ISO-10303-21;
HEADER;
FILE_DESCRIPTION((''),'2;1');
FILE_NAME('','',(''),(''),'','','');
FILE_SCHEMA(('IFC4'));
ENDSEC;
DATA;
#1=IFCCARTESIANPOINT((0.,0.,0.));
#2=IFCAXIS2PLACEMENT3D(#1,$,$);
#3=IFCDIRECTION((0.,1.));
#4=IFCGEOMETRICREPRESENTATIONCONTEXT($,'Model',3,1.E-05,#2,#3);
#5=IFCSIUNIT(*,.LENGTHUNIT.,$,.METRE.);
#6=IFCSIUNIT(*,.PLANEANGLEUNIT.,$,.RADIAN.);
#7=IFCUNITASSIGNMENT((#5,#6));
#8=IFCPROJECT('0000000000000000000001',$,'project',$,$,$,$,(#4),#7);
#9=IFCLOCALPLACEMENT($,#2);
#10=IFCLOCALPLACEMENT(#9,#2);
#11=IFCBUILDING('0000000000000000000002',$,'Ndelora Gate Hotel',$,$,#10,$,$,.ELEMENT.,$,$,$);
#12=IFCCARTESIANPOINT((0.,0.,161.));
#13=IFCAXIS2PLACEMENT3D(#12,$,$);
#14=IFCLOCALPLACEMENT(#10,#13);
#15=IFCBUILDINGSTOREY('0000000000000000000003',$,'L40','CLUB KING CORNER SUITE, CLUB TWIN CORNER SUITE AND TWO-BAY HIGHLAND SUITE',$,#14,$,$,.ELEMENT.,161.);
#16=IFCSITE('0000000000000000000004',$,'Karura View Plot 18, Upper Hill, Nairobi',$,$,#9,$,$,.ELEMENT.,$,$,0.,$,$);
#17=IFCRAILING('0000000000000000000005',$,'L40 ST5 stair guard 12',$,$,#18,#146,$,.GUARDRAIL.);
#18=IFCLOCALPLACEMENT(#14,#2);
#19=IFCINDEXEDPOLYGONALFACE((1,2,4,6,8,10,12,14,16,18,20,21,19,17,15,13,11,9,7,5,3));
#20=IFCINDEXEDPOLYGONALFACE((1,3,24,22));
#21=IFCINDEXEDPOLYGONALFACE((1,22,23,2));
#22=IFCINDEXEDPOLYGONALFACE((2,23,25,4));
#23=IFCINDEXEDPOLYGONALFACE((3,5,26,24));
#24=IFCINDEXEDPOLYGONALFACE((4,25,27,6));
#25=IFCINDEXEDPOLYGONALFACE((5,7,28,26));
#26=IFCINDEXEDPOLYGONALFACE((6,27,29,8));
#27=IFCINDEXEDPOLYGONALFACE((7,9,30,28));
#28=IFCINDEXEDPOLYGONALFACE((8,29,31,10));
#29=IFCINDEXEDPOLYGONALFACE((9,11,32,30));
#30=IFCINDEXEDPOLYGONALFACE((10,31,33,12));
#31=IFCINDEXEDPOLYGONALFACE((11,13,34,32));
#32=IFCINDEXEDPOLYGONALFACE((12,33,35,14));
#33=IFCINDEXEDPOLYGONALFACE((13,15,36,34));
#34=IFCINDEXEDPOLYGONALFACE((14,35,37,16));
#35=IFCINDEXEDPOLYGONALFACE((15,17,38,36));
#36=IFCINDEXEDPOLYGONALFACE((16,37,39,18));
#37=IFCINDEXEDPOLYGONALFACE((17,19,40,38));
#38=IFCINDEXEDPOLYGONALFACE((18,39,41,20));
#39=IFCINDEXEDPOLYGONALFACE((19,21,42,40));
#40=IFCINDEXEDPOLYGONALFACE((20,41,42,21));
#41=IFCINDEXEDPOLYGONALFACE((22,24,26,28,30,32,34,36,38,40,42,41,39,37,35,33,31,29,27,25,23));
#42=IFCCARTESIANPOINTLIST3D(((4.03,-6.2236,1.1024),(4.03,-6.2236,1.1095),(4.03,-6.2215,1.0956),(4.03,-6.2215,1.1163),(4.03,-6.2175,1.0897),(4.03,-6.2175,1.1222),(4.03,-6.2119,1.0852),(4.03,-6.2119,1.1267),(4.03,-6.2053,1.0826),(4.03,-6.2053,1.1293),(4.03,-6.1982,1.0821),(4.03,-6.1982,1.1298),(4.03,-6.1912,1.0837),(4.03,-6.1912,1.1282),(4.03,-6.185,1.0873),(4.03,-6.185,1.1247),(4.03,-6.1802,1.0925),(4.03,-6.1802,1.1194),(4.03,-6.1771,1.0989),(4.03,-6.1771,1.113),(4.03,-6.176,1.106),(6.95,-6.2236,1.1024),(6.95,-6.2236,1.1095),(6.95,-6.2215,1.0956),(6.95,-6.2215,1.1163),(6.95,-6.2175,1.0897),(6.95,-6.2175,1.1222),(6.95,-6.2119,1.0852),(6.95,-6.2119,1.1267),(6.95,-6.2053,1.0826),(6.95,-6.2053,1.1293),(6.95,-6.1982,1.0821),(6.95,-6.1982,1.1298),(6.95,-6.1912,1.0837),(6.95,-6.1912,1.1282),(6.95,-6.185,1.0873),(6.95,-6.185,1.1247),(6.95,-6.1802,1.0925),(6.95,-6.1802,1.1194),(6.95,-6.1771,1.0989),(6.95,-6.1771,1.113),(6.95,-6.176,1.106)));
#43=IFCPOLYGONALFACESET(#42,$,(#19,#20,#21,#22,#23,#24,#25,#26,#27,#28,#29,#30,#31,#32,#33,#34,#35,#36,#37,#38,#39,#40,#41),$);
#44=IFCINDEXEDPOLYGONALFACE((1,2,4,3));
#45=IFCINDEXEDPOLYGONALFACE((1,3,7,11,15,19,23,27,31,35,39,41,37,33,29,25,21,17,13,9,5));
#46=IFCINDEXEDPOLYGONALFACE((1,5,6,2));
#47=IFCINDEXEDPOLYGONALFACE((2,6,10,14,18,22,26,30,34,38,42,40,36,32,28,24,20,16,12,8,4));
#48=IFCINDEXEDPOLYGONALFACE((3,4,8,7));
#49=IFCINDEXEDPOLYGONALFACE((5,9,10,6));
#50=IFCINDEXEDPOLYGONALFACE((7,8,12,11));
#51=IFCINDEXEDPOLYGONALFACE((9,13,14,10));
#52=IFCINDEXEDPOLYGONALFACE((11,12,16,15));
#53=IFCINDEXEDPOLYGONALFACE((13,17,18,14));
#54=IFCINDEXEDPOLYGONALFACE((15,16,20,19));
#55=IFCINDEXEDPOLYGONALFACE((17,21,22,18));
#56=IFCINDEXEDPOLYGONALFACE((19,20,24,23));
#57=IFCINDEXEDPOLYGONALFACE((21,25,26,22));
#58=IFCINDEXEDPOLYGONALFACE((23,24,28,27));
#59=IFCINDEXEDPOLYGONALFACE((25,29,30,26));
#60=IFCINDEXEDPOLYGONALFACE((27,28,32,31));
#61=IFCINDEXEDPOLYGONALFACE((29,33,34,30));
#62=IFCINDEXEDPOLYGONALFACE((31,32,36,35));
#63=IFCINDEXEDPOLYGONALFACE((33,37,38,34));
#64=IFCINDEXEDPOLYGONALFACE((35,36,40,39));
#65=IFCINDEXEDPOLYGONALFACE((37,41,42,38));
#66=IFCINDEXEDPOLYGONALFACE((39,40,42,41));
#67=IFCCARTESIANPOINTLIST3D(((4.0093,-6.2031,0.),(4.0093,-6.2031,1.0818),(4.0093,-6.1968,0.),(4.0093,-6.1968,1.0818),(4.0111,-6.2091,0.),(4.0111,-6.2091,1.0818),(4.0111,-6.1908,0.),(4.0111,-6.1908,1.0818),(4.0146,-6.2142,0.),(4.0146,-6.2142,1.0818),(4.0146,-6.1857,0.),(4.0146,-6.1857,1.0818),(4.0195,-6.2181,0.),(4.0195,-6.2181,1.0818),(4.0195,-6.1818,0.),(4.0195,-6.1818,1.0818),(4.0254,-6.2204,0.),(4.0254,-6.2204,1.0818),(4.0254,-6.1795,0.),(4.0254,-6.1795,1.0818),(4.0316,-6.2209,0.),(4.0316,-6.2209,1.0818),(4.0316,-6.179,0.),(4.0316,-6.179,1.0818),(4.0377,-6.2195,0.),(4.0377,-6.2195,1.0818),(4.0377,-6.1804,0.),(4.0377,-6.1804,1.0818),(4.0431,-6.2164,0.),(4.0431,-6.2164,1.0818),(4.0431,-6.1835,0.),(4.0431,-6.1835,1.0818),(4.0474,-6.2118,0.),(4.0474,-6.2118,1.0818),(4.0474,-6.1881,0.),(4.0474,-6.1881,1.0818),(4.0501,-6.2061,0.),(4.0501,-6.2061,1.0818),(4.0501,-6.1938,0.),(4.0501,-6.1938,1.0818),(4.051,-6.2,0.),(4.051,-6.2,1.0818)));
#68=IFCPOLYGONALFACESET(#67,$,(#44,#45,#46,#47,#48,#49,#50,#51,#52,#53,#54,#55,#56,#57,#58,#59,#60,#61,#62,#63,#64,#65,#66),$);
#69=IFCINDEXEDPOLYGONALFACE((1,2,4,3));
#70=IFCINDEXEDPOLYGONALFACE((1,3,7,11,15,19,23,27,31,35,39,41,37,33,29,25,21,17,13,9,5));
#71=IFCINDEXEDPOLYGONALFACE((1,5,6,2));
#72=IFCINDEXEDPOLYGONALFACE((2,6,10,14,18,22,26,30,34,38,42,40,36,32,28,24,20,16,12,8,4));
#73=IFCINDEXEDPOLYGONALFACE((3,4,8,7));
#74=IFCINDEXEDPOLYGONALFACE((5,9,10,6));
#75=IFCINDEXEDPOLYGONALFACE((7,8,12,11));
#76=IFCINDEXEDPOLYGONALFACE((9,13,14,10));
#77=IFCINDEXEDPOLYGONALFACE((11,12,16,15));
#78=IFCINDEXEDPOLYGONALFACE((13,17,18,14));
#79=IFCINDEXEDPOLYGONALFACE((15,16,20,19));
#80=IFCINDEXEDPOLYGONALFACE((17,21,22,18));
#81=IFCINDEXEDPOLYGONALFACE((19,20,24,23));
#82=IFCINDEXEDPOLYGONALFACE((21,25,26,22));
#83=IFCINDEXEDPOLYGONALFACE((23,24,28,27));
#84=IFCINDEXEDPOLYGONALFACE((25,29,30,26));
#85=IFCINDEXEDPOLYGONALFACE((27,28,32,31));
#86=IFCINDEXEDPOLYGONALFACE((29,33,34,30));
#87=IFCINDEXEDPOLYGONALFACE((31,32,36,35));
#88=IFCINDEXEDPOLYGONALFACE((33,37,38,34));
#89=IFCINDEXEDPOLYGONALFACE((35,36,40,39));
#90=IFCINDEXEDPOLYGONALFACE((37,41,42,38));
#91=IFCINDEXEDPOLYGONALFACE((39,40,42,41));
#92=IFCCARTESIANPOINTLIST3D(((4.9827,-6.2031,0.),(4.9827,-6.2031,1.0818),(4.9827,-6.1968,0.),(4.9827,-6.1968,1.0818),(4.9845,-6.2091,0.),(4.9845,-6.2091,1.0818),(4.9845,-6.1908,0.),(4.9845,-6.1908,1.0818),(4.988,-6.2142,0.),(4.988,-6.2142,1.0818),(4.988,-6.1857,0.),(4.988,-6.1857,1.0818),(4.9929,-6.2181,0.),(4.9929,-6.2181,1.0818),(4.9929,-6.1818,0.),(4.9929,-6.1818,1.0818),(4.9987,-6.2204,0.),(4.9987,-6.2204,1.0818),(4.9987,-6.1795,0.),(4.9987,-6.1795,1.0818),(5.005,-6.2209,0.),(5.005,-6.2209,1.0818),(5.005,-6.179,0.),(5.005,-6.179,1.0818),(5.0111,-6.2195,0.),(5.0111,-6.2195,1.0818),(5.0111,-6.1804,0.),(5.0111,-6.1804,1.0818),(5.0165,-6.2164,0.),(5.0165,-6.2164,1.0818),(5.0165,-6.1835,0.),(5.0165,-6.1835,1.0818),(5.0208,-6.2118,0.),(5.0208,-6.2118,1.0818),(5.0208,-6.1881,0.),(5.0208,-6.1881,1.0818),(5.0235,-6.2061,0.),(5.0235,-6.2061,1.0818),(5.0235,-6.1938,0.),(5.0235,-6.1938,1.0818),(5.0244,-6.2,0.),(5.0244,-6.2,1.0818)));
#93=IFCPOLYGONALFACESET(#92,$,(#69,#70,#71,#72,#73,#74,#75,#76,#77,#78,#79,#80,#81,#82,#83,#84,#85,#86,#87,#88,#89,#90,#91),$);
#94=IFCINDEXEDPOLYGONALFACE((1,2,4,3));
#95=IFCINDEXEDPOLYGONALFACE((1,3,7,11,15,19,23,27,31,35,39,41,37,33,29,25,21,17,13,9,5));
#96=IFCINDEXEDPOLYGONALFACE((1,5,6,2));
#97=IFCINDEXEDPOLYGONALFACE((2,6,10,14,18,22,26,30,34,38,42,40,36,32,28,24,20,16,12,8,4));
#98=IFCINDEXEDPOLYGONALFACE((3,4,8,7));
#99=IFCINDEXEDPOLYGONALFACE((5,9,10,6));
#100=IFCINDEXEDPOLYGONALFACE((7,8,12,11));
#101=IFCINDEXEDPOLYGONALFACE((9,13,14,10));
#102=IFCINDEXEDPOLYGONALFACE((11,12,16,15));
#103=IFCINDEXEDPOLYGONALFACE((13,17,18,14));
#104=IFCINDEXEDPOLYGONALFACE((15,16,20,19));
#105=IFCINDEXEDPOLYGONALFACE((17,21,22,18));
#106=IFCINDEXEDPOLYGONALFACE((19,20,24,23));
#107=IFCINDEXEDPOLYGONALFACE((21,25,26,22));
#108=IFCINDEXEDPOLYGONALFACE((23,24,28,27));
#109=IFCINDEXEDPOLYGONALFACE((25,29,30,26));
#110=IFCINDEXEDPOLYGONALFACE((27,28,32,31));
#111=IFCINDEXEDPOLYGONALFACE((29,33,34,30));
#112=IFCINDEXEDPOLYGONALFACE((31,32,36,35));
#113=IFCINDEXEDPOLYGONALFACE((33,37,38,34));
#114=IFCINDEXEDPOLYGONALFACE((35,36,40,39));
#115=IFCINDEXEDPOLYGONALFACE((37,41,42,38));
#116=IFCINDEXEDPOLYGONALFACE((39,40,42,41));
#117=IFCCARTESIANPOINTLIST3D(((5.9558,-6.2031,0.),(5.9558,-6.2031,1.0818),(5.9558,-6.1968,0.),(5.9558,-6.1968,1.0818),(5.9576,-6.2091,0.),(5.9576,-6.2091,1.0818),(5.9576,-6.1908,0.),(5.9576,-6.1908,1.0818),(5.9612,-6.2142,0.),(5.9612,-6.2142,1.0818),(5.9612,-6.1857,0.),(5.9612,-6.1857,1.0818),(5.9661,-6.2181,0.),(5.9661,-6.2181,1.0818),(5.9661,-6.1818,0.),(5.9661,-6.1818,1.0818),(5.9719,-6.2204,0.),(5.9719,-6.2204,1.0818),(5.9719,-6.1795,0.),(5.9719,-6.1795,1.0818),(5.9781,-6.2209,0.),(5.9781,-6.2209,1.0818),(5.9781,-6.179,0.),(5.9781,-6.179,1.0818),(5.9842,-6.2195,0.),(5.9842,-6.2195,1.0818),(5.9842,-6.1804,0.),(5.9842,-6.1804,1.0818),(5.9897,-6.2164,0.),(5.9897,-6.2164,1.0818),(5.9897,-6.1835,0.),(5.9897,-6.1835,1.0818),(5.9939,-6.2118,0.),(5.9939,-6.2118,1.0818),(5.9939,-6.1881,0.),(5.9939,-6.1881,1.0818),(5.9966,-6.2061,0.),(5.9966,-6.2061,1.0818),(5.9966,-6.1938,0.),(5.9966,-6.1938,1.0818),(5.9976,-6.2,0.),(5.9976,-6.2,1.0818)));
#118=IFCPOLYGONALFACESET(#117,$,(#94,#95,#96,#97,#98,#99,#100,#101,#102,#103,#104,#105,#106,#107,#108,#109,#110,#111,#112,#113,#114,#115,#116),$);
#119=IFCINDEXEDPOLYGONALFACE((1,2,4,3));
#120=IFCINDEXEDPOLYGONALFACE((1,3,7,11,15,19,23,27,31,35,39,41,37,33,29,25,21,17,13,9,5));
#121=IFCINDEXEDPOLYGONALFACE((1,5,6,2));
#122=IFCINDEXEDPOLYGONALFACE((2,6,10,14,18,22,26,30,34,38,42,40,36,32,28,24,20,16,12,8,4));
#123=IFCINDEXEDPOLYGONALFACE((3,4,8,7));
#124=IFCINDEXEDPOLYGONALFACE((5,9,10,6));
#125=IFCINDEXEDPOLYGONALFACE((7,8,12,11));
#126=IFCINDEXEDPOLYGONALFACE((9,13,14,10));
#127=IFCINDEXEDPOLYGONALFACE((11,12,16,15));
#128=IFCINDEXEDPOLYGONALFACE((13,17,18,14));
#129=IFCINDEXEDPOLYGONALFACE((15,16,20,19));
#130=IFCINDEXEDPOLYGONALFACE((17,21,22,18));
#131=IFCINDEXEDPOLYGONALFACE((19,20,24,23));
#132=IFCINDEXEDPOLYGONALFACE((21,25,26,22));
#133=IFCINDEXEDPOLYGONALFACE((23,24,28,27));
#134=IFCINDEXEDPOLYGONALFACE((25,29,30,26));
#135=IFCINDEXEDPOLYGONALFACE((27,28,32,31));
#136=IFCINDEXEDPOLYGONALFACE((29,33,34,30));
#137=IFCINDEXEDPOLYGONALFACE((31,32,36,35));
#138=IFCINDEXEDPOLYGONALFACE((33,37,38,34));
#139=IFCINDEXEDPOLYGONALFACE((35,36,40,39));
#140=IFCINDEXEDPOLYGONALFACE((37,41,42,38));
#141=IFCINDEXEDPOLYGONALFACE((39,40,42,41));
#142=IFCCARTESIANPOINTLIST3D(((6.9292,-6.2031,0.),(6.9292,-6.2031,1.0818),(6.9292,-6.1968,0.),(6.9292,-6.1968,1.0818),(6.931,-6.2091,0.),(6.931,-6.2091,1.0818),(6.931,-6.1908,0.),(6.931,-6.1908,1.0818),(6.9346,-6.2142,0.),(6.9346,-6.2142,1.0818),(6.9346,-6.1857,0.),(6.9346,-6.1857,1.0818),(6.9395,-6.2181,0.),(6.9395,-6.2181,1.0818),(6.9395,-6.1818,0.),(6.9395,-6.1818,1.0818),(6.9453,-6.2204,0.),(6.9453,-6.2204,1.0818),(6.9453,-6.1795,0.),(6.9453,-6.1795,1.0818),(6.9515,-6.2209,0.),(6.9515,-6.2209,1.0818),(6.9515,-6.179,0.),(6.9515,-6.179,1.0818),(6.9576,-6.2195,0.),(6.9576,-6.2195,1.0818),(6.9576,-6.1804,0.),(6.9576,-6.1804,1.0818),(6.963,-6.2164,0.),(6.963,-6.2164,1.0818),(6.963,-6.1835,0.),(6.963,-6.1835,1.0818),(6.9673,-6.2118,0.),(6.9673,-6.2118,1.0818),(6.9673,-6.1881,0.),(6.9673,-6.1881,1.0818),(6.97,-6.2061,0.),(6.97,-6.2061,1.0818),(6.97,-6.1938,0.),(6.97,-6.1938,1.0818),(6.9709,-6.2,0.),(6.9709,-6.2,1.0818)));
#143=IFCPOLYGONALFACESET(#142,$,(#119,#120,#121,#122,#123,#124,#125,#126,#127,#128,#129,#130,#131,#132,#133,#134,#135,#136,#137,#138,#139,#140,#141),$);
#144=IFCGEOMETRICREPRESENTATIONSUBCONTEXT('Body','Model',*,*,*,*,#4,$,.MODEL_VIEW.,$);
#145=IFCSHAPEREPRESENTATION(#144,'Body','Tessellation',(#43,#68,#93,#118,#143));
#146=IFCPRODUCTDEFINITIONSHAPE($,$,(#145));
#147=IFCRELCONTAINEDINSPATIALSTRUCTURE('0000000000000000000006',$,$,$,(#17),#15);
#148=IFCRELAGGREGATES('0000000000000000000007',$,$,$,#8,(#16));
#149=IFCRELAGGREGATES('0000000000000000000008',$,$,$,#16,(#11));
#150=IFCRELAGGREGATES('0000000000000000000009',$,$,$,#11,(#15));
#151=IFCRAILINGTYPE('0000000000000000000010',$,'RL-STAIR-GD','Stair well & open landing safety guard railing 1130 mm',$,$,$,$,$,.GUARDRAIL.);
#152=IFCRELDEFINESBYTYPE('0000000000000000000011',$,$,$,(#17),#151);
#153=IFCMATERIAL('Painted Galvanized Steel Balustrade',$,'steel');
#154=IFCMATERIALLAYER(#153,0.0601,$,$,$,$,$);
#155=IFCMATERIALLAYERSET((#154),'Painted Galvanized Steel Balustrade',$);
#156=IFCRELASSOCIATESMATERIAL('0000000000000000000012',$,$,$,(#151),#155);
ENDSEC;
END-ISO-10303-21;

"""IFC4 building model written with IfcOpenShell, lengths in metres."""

from ifc_helpers import new_model, si_unit, direction, frame, origin, origin_2d, place, context, subcontext, project, spatial, circle, extrude, material, layer, layer_set, type_object, element, save


model = new_model("IFC4")

# Units and contexts
model_context = context("Model", 3, precision=1e-05, world=origin(), true_north=direction((0.0, 1.0)))
body_context = subcontext(model_context, "Body", "Model", "MODEL_VIEW")
ifc_project = project(units=[si_unit("LENGTHUNIT", "METRE"), si_unit("PLANEANGLEUNIT", "RADIAN")], contexts=[model_context])

# Site, building, storey
site_placement = place(None, origin())
site = spatial("IfcSite", under=ifc_project, at=site_placement, Name="Karura View Plot 18, Upper Hill, Nairobi", CompositionType="ELEMENT", RefElevation=0.0)
building_placement = place(site_placement, origin())
building = spatial("IfcBuilding", under=site, at=building_placement, Name="Ndelora Gate Hotel", CompositionType="ELEMENT")
storey_placement = place(building_placement, frame((0.0, 0.0, 161.0)))
storey = spatial("IfcBuildingStorey", under=building, at=storey_placement, Name="L40", Description="CLUB KING CORNER SUITE, CLUB TWIN CORNER SUITE AND TWO-BAY HIGHLAND SUITE", CompositionType="ELEMENT", Elevation=161.0)

# Railing
ifc_material_1 = material(Name="Painted Galvanized Steel Balustrade", Category="steel")
ifc_layer_1 = layer(ifc_material_1, 0.0601)
ifc_layer_set_1 = layer_set([ifc_layer_1], Name="Painted Galvanized Steel Balustrade")
railing_type_1 = type_object("IfcRailingType", Name="RL-STAIR-GD", Description="Stair well & open landing safety guard railing 1130 mm", PredefinedType="GUARDRAIL", material=ifc_layer_set_1)
railing_1_placement = place(storey_placement, frame((4.03, -6.2, 0.0)))
element("IfcRailing", 1, at=railing_1_placement, inside=storey, type_object=railing_type_1, Name="L40 ST5 stair guard 12", PredefinedType="GUARDRAIL", context=body_context, shape_type="SweptSolid", body=[
    extrude(circle(Radius=0.0239, at=origin_2d()), frame((0.0, 0.0, 1.106), z_axis=(1.0, 0.0, 0.0), x_axis=(0.0, 1.0, 0.0)), (0.0, 0.0, 1.0), 2.9199),
    extrude(circle(Radius=0.021, at=origin_2d()), origin(), (0.0, 0.0, 1.0), 1.0818),
    extrude(circle(Radius=0.021, at=origin_2d()), frame((0.9734, 0.0, 0.0)), (0.0, 0.0, 1.0), 1.0818),
    extrude(circle(Radius=0.021, at=origin_2d()), frame((1.9465, 0.0, 0.0)), (0.0, 0.0, 1.0), 1.0818),
    extrude(circle(Radius=0.021, at=origin_2d()), frame((2.9199, 0.0, 0.0)), (0.0, 0.0, 1.0), 1.0818),
])

save(model, "model.ifc")
